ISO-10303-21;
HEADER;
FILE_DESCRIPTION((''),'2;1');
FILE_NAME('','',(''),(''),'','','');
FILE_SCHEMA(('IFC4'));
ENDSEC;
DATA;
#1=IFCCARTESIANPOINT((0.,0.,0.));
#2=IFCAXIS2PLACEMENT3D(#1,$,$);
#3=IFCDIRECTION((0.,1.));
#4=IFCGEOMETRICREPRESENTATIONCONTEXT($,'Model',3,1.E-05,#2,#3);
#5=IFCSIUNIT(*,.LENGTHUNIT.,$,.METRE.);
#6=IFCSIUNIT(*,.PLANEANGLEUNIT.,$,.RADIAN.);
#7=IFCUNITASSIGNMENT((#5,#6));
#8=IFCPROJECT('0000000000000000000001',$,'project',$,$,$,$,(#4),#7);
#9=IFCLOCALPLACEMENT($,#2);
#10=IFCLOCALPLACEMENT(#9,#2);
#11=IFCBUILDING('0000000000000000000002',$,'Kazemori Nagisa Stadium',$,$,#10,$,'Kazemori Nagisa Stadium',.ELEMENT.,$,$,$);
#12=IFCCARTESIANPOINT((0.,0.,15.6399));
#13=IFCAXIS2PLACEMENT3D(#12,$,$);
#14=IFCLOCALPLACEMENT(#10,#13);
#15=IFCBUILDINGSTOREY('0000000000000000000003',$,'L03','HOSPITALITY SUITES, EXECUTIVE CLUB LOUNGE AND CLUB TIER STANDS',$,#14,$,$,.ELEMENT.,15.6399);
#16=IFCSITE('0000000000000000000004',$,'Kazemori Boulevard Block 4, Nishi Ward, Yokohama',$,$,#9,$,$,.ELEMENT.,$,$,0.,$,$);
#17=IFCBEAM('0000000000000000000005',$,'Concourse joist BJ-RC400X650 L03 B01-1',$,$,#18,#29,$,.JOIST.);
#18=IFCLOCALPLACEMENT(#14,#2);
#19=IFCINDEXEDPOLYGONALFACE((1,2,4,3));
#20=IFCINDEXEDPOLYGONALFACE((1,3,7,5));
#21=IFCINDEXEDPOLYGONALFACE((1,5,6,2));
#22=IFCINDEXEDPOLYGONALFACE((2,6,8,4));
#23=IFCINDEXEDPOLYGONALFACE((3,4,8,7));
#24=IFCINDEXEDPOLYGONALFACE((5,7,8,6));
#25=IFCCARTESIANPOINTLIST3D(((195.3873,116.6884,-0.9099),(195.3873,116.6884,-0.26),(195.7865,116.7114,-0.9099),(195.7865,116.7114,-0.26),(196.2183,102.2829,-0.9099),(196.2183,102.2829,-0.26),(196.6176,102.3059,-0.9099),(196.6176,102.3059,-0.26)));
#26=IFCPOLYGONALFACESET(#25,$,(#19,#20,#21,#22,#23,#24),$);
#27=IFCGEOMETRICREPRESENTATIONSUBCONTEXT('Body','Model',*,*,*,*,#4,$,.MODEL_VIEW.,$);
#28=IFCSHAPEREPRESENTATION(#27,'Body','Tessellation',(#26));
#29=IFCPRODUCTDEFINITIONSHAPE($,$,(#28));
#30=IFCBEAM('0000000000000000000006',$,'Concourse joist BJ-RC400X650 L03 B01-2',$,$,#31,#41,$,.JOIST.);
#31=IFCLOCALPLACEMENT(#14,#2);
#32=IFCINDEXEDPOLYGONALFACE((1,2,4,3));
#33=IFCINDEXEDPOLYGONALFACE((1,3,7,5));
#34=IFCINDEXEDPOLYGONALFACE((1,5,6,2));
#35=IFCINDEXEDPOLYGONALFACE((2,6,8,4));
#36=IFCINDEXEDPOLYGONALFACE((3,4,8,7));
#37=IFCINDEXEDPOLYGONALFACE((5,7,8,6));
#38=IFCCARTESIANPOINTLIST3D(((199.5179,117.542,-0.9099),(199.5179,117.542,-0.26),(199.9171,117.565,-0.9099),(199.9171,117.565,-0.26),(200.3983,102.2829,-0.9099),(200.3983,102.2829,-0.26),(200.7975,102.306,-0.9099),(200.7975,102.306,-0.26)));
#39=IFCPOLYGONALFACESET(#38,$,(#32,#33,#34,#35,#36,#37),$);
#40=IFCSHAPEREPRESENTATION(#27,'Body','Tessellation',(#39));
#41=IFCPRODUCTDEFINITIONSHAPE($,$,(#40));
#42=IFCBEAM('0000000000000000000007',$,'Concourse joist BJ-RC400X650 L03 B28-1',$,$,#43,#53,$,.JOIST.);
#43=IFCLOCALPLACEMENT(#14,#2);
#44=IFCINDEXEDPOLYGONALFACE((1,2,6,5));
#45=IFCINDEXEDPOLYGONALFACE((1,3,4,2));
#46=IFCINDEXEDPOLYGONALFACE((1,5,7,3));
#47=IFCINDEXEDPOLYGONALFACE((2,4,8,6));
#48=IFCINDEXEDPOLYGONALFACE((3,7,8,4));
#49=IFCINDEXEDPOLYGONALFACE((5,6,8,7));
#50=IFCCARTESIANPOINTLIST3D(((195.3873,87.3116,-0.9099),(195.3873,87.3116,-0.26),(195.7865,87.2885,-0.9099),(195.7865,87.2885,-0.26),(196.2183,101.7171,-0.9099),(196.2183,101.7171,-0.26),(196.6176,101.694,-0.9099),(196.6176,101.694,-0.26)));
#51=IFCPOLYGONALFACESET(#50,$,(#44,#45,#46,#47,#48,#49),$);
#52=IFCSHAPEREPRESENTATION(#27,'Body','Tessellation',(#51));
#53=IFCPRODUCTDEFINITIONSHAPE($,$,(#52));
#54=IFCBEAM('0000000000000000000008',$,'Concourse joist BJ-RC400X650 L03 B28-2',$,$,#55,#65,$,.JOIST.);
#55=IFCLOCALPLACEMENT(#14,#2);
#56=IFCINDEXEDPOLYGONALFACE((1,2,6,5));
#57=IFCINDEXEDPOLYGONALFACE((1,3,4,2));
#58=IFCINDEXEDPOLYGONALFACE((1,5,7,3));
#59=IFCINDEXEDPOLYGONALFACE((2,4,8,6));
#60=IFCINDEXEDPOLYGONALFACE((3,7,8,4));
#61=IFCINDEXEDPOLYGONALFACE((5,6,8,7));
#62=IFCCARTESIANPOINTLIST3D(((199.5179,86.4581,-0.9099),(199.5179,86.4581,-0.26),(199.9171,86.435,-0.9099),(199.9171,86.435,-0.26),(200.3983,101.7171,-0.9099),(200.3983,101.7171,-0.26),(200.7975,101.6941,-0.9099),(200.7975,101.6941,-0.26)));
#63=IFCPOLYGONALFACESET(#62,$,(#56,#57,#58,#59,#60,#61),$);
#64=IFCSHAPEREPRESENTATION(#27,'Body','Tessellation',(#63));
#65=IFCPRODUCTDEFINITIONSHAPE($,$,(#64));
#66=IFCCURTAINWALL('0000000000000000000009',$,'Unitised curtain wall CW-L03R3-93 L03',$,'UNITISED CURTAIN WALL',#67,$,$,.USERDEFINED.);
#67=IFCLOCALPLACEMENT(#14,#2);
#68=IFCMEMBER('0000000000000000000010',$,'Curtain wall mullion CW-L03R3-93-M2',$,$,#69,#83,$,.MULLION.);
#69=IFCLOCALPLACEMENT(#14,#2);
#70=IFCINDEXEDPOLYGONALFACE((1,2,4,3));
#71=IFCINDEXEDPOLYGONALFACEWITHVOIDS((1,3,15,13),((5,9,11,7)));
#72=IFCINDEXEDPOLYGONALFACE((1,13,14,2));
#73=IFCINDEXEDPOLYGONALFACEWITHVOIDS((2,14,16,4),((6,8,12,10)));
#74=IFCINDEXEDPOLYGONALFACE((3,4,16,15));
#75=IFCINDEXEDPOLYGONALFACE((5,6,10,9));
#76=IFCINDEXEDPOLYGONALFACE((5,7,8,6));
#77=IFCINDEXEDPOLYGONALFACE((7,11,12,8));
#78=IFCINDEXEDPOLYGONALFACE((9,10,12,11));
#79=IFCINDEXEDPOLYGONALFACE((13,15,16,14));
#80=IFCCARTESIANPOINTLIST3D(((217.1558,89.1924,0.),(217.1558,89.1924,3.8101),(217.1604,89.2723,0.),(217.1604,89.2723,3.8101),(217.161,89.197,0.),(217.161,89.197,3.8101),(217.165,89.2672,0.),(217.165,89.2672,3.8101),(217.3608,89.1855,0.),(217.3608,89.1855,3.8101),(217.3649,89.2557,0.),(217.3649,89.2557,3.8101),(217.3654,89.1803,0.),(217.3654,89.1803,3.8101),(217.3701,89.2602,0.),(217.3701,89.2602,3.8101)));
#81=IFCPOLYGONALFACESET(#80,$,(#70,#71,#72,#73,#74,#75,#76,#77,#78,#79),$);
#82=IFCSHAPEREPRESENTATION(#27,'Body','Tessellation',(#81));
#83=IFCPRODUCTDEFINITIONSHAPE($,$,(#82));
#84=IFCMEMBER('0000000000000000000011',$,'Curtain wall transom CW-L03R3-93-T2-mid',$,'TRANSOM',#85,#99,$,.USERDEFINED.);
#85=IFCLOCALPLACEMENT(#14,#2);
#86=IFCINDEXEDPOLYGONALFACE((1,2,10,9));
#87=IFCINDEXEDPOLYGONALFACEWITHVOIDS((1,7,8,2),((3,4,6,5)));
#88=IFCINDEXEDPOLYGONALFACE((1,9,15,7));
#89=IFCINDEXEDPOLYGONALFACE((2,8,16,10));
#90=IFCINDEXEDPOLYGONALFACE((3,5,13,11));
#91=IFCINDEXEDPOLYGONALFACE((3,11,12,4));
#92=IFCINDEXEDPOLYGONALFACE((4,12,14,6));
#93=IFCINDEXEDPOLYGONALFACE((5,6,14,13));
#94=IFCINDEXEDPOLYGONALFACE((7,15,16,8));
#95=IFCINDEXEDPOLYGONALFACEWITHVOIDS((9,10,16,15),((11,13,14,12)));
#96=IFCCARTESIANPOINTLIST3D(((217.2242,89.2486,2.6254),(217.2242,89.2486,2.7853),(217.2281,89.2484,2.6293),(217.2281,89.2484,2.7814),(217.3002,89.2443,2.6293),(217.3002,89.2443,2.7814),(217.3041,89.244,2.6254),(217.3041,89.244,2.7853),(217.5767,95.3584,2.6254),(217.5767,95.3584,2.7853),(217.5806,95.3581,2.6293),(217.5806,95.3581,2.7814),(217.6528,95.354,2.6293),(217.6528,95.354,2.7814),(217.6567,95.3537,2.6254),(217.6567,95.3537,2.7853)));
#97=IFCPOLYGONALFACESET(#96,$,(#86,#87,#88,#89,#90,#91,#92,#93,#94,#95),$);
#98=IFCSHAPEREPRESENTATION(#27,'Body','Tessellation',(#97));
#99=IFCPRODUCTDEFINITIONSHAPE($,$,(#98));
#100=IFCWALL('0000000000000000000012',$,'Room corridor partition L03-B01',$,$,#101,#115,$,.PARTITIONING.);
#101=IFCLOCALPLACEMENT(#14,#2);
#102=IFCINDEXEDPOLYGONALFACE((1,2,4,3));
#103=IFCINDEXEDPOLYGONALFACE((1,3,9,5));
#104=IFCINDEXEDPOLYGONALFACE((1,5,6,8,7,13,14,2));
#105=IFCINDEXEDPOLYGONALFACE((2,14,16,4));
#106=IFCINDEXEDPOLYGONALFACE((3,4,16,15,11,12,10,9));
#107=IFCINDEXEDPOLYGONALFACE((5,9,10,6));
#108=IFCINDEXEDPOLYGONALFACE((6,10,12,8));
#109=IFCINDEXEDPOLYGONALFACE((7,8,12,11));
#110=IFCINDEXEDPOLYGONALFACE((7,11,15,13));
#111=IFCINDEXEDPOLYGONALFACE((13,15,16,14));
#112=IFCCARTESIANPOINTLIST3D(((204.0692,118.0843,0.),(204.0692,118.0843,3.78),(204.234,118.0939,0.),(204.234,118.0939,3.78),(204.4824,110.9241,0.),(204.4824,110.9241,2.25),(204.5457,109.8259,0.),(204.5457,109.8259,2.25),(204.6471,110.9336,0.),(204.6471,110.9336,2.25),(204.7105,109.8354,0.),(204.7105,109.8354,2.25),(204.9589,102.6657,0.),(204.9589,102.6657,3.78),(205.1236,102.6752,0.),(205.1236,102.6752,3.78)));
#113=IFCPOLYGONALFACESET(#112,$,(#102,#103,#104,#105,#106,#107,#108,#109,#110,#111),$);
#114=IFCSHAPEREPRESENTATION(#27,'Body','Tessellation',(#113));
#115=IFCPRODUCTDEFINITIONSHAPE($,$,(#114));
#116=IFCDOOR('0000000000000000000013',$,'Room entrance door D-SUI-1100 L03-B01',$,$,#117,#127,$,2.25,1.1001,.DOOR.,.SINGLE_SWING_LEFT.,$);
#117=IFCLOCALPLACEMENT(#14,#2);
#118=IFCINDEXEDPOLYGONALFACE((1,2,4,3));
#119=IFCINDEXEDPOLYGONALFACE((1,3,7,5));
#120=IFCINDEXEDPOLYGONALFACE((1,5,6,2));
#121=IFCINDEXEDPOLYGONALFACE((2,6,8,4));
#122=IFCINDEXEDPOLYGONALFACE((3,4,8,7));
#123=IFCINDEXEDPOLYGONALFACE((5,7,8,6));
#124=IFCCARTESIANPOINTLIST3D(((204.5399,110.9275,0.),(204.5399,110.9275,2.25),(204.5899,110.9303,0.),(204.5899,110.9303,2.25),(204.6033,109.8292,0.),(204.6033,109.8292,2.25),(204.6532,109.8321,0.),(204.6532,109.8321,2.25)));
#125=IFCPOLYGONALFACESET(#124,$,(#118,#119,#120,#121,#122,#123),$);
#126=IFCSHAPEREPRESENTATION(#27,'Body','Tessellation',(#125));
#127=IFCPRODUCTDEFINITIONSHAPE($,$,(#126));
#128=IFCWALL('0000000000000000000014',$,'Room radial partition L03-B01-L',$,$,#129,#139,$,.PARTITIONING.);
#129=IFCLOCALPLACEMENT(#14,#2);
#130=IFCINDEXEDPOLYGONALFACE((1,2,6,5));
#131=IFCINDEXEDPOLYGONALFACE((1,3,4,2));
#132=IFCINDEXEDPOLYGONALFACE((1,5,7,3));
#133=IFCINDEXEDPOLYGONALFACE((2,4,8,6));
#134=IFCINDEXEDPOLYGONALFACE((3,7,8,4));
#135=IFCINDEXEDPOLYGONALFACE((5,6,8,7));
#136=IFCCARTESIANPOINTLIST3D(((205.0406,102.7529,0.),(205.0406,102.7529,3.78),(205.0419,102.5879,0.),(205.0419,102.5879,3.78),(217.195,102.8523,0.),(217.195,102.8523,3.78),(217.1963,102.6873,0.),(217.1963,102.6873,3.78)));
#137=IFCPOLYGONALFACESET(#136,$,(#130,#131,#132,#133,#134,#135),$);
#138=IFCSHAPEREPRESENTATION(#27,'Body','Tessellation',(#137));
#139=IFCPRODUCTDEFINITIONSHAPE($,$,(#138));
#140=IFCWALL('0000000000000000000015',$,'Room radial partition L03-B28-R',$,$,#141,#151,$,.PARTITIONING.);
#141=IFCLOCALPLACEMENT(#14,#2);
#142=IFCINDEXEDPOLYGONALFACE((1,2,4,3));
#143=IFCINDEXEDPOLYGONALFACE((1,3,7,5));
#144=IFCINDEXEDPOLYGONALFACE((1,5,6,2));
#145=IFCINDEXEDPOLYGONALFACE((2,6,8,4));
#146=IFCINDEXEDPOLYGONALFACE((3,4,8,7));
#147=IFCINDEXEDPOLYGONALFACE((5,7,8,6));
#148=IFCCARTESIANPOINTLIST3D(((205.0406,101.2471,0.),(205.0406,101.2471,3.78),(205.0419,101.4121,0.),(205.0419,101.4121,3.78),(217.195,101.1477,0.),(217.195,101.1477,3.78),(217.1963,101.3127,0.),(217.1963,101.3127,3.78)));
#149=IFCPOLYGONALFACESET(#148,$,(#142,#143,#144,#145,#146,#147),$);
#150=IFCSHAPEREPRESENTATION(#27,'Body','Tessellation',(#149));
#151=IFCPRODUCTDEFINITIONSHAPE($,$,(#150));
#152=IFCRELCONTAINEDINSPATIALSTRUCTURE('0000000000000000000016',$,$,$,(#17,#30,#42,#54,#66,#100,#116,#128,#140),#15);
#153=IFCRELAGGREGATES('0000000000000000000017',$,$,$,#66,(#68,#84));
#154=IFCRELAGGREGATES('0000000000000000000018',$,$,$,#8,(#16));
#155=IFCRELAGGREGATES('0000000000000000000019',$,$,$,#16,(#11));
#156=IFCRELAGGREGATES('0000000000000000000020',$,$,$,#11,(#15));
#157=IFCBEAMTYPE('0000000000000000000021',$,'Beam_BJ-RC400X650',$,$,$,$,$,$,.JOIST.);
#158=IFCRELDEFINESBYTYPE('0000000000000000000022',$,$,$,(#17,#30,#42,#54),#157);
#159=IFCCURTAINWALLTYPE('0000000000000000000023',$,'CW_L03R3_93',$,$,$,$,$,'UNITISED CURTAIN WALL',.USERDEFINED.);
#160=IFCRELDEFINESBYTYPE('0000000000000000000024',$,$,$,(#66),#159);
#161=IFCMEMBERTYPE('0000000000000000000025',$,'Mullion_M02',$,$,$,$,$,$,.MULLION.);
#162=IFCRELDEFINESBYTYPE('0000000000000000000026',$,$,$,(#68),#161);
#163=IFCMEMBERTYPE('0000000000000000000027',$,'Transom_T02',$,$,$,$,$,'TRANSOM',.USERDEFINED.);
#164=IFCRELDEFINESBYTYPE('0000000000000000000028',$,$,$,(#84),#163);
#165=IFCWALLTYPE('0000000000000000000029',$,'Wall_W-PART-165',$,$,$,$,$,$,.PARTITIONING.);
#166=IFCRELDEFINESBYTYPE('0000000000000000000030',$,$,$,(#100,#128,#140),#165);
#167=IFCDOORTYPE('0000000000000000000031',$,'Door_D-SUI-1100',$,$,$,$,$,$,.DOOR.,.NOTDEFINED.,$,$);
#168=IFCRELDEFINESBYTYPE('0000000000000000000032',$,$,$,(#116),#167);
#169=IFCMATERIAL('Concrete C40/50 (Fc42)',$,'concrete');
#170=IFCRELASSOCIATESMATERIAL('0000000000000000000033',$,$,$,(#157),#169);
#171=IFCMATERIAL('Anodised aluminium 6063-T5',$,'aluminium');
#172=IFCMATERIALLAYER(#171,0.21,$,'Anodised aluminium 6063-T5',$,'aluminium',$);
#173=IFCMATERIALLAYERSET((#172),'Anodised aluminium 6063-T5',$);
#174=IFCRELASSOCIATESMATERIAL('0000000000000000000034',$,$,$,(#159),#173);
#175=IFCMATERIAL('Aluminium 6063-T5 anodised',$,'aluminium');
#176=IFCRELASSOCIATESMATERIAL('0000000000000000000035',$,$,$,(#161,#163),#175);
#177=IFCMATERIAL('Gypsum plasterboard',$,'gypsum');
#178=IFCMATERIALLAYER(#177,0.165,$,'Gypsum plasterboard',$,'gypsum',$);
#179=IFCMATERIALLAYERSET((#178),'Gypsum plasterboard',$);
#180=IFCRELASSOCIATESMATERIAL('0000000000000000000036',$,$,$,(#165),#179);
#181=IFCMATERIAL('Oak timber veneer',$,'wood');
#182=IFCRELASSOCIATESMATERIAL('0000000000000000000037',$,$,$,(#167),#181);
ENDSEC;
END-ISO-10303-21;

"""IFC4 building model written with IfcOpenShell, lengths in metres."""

from ifc_helpers import new_model, si_unit, direction, frame, frame_2d, origin, origin_2d, place, context, subcontext, project, spatial, rectangle, hollow_rectangle, extrude, material, layer, layer_set, material_profile, profile_set, type_object, element, fill, aggregate, save


model = new_model("IFC4")

# Units and contexts
model_context = context("Model", 3, precision=1e-05, world=origin(), true_north=direction((0.0, 1.0)))
body_context = subcontext(model_context, "Body", "Model", "MODEL_VIEW")
ifc_project = project(units=[si_unit("LENGTHUNIT", "METRE"), si_unit("PLANEANGLEUNIT", "RADIAN")], contexts=[model_context])

# Site, building, storey
site_placement = place(None, origin())
site = spatial("IfcSite", under=ifc_project, at=site_placement, Name="Kazemori Boulevard Block 4, Nishi Ward, Yokohama", CompositionType="ELEMENT", RefElevation=0.0)
building_placement = place(site_placement, origin())
building = spatial("IfcBuilding", under=site, at=building_placement, Name="Kazemori Nagisa Stadium", LongName="Kazemori Nagisa Stadium", CompositionType="ELEMENT")
storey_placement = place(building_placement, frame((0.0, 0.0, 15.6399)))
storey = spatial("IfcBuildingStorey", under=building, at=storey_placement, Name="L03", Description="HOSPITALITY SUITES, EXECUTIVE CLUB LOUNGE AND CLUB TIER STANDS", CompositionType="ELEMENT", Elevation=15.6399)

# Shared definitions
ifc_material_1 = material(Name="Concrete C40/50 (Fc42)", Category="concrete")

# Beams
ifc_material_profile_1 = material_profile(ifc_material_1, rectangle(XDim=0.3999, YDim=0.6499, at=origin_2d()), Name="RC-BM-400x650")
ifc_profile_set_1 = profile_set([ifc_material_profile_1], Name="Concrete C40/50 (Fc42)")
beam_type_1 = type_object("IfcBeamType", Name="Beam_BJ-RC400X650", PredefinedType="JOIST", material=ifc_profile_set_1)
beam_1_placement = place(storey_placement, frame((196.418, 102.2944, -0.585), z_axis=(-0.057594, 0.99834, 0.0), x_axis=(-0.99834, -0.057594, 0.0)))
element("IfcBeam", 1, at=beam_1_placement, inside=storey, type_object=beam_type_1, Name="Concourse joist BJ-RC400X650 L03 B01-1", PredefinedType="JOIST", context=body_context, shape_type="SweptSolid", body=[
    extrude(rectangle(XDim=0.3999, YDim=0.6499, at=origin_2d()), origin(), (0.0, 0.0, 1.0), 14.4294),
])
beam_2_placement = place(storey_placement, frame((200.5979, 102.2944, -0.585), z_axis=(-0.057599, 0.99834, 0.0), x_axis=(-0.99834, -0.057599, 0.0)))
element("IfcBeam", 2, at=beam_2_placement, inside=storey, type_object=beam_type_1, Name="Concourse joist BJ-RC400X650 L03 B01-2", PredefinedType="JOIST", context=body_context, shape_type="SweptSolid", body=[
    extrude(rectangle(XDim=0.3999, YDim=0.6499, at=origin_2d()), origin(), (0.0, 0.0, 1.0), 15.2844),
])
beam_3_placement = place(storey_placement, frame((195.5869, 87.3, -0.585), z_axis=(0.057594, 0.99834, 0.0), x_axis=(-0.99834, 0.057594, 0.0)))
element("IfcBeam", 3, at=beam_3_placement, inside=storey, type_object=beam_type_1, Name="Concourse joist BJ-RC400X650 L03 B28-1", PredefinedType="JOIST", context=body_context, shape_type="SweptSolid", body=[
    extrude(rectangle(XDim=0.3999, YDim=0.6499, at=origin_2d()), origin(), (0.0, 0.0, 1.0), 14.4294),
])
beam_4_placement = place(storey_placement, frame((199.7175, 86.4465, -0.585), z_axis=(0.057599, 0.99834, 0.0), x_axis=(-0.99834, 0.057599, 0.0)))
element("IfcBeam", 4, at=beam_4_placement, inside=storey, type_object=beam_type_1, Name="Concourse joist BJ-RC400X650 L03 B28-2", PredefinedType="JOIST", context=body_context, shape_type="SweptSolid", body=[
    extrude(rectangle(XDim=0.3999, YDim=0.6499, at=origin_2d()), origin(), (0.0, 0.0, 1.0), 15.2844),
])

# Curtain wall, members
ifc_material_2 = material(Name="Anodised aluminium 6063-T5", Category="aluminium")
ifc_layer_1 = layer(ifc_material_2, 0.21, Name="Anodised aluminium 6063-T5", Category="aluminium")
ifc_layer_set_1 = layer_set([ifc_layer_1], Name="Anodised aluminium 6063-T5")
curtain_wall_type = type_object("IfcCurtainWallType", Name="CW_L03R3_93", ElementType="UNITISED CURTAIN WALL", PredefinedType="USERDEFINED", material=ifc_layer_set_1)
curtain_wall_placement = place(storey_placement, origin())
curtain_wall = element("IfcCurtainWall", 5, at=curtain_wall_placement, inside=storey, type_object=curtain_wall_type, Name="Unitised curtain wall CW-L03R3-93 L03", ObjectType="UNITISED CURTAIN WALL", PredefinedType="USERDEFINED")
ifc_material_3 = material(Name="Aluminium 6063-T5 anodised", Category="aluminium")
ifc_material_profile_2 = material_profile(ifc_material_3, hollow_rectangle(XDim=0.0801, YDim=0.21, WallThickness=0.0049, at=origin_2d()), Name="ALU-MULL-80x210x5")
ifc_profile_set_2 = profile_set([ifc_material_profile_2], Name="Aluminium 6063-T5 anodised")
member_type_1 = type_object("IfcMemberType", Name="Mullion_M02", PredefinedType="MULLION", material=ifc_profile_set_2)
member_1_placement = place(storey_placement, frame((217.2629, 89.2263, 0.0), z_axis=(0.0, 0.0, 1.0), x_axis=(0.057602, 0.99834, 0.0)))
member_1 = element("IfcMember", 6, at=member_1_placement, type_object=member_type_1, Name="Curtain wall mullion CW-L03R3-93-M2", PredefinedType="MULLION", context=body_context, shape_type="SweptSolid", body=[
    extrude(hollow_rectangle(XDim=0.0801, YDim=0.21, WallThickness=0.0049, at=origin_2d()), origin(), (0.0, 0.0, 1.0), 3.8101),
])
ifc_material_profile_3 = material_profile(ifc_material_3, hollow_rectangle(XDim=0.0801, YDim=0.1599, WallThickness=0.0039, at=origin_2d()), Name="ALU-TRAN-80x160x4")
ifc_profile_set_3 = profile_set([ifc_material_profile_3], Name="Aluminium 6063-T5 anodised")
member_type_2 = type_object("IfcMemberType", Name="Transom_T02", ElementType="TRANSOM", PredefinedType="USERDEFINED", material=ifc_profile_set_3)
member_2_placement = place(storey_placement, frame((217.2642, 89.2463, 2.7053), z_axis=(0.057606, 0.998339, 0.0), x_axis=(-0.998339, 0.057606, 0.0)))
member_2 = element("IfcMember", 7, at=member_2_placement, type_object=member_type_2, Name="Curtain wall transom CW-L03R3-93-T2-mid", ObjectType="TRANSOM", PredefinedType="USERDEFINED", context=body_context, shape_type="SweptSolid", body=[
    extrude(hollow_rectangle(XDim=0.0801, YDim=0.1599, WallThickness=0.0039, at=origin_2d()), origin(), (0.0, 0.0, 1.0), 6.1199),
])
aggregate(curtain_wall, [member_1, member_2])

# Wall, opening, door
ifc_material_4 = material(Name="Gypsum plasterboard", Category="gypsum")
ifc_layer_2 = layer(ifc_material_4, 0.165, Name="Gypsum plasterboard", Category="gypsum")
ifc_layer_set_2 = layer_set([ifc_layer_2], Name="Gypsum plasterboard")
wall_type = type_object("IfcWallType", Name="Wall_W-PART-165", PredefinedType="PARTITIONING", material=ifc_layer_set_2)
wall_placement = place(storey_placement, frame((205.0413, 102.6704, 0.0), z_axis=(0.0, 0.0, 1.0), x_axis=(-0.057604, 0.99834, 0.0)))
wall = element("IfcWall", 8, at=wall_placement, inside=storey, type_object=wall_type, Name="Room corridor partition L03-B01", PredefinedType="PARTITIONING", context=body_context, shape_type="SweptSolid", body=[
    extrude(rectangle(XDim=15.4443, YDim=0.165, at=frame_2d((7.7222, 0.0))), origin(), (0.0, 0.0, 1.0), 3.78),
])
opening_placement = place(wall_placement, frame((7.1721, 0.0, 0.0)))
opening = element("IfcOpeningElement", 9, at=opening_placement, cuts=wall, PredefinedType="OPENING", context=body_context, shape_type="SweptSolid", body=[
    extrude(rectangle(XDim=1.1001, YDim=2.25, at=frame_2d((0.55, 1.125))), frame((0.0, 0.0925, 0.0), z_axis=(0.0, -1.0, 0.0), x_axis=(1.0, 0.0, 0.0)), (0.0, 0.0, 1.0), 0.1851),
])
ifc_material_5 = material(Name="Oak timber veneer", Category="wood")
door_type = type_object("IfcDoorType", Name="Door_D-SUI-1100", OperationType="NOTDEFINED", PredefinedType="DOOR", material=ifc_material_5)
door_placement = place(opening_placement, origin())
door = element("IfcDoor", 10, at=door_placement, inside=storey, type_object=door_type, Name="Room entrance door D-SUI-1100 L03-B01", OperationType="SINGLE_SWING_LEFT", OverallHeight=2.25, OverallWidth=1.1001, PredefinedType="DOOR", context=body_context, shape_type="SweptSolid", body=[
    extrude(rectangle(XDim=1.1001, YDim=2.25, at=frame_2d((0.55, 1.125))), frame((0.0, 0.0249, 0.0), z_axis=(0.0, -1.0, 0.0), x_axis=(1.0, 0.0, 0.0)), (0.0, 0.0, 1.0), 0.05),
])
fill(opening, door)

# Walls
for number, where, z_axis, x_axis, name in (
    (11, (205.0413, 102.6704, 0.0), (0.0, 0.0, 1.0), (0.999967, 0.008175, 0.0), "Room radial partition L03-B01-L"),
    (12, (205.0413, 101.3296, 0.0), (0.0, 0.0, 1.0), (0.999967, -0.008175, 0.0), "Room radial partition L03-B28-R"),
):
    element("IfcWall", number, at=place(storey_placement, frame(where, z_axis=z_axis, x_axis=x_axis)), inside=storey, type_object=wall_type, Name=name, PredefinedType="PARTITIONING", context=body_context, shape_type="SweptSolid", body=[
        extrude(rectangle(XDim=12.1548, YDim=0.165, at=frame_2d((6.0774, 0.0))), origin(), (0.0, 0.0, 1.0), 3.78),
    ])

save(model, "model.ifc")
